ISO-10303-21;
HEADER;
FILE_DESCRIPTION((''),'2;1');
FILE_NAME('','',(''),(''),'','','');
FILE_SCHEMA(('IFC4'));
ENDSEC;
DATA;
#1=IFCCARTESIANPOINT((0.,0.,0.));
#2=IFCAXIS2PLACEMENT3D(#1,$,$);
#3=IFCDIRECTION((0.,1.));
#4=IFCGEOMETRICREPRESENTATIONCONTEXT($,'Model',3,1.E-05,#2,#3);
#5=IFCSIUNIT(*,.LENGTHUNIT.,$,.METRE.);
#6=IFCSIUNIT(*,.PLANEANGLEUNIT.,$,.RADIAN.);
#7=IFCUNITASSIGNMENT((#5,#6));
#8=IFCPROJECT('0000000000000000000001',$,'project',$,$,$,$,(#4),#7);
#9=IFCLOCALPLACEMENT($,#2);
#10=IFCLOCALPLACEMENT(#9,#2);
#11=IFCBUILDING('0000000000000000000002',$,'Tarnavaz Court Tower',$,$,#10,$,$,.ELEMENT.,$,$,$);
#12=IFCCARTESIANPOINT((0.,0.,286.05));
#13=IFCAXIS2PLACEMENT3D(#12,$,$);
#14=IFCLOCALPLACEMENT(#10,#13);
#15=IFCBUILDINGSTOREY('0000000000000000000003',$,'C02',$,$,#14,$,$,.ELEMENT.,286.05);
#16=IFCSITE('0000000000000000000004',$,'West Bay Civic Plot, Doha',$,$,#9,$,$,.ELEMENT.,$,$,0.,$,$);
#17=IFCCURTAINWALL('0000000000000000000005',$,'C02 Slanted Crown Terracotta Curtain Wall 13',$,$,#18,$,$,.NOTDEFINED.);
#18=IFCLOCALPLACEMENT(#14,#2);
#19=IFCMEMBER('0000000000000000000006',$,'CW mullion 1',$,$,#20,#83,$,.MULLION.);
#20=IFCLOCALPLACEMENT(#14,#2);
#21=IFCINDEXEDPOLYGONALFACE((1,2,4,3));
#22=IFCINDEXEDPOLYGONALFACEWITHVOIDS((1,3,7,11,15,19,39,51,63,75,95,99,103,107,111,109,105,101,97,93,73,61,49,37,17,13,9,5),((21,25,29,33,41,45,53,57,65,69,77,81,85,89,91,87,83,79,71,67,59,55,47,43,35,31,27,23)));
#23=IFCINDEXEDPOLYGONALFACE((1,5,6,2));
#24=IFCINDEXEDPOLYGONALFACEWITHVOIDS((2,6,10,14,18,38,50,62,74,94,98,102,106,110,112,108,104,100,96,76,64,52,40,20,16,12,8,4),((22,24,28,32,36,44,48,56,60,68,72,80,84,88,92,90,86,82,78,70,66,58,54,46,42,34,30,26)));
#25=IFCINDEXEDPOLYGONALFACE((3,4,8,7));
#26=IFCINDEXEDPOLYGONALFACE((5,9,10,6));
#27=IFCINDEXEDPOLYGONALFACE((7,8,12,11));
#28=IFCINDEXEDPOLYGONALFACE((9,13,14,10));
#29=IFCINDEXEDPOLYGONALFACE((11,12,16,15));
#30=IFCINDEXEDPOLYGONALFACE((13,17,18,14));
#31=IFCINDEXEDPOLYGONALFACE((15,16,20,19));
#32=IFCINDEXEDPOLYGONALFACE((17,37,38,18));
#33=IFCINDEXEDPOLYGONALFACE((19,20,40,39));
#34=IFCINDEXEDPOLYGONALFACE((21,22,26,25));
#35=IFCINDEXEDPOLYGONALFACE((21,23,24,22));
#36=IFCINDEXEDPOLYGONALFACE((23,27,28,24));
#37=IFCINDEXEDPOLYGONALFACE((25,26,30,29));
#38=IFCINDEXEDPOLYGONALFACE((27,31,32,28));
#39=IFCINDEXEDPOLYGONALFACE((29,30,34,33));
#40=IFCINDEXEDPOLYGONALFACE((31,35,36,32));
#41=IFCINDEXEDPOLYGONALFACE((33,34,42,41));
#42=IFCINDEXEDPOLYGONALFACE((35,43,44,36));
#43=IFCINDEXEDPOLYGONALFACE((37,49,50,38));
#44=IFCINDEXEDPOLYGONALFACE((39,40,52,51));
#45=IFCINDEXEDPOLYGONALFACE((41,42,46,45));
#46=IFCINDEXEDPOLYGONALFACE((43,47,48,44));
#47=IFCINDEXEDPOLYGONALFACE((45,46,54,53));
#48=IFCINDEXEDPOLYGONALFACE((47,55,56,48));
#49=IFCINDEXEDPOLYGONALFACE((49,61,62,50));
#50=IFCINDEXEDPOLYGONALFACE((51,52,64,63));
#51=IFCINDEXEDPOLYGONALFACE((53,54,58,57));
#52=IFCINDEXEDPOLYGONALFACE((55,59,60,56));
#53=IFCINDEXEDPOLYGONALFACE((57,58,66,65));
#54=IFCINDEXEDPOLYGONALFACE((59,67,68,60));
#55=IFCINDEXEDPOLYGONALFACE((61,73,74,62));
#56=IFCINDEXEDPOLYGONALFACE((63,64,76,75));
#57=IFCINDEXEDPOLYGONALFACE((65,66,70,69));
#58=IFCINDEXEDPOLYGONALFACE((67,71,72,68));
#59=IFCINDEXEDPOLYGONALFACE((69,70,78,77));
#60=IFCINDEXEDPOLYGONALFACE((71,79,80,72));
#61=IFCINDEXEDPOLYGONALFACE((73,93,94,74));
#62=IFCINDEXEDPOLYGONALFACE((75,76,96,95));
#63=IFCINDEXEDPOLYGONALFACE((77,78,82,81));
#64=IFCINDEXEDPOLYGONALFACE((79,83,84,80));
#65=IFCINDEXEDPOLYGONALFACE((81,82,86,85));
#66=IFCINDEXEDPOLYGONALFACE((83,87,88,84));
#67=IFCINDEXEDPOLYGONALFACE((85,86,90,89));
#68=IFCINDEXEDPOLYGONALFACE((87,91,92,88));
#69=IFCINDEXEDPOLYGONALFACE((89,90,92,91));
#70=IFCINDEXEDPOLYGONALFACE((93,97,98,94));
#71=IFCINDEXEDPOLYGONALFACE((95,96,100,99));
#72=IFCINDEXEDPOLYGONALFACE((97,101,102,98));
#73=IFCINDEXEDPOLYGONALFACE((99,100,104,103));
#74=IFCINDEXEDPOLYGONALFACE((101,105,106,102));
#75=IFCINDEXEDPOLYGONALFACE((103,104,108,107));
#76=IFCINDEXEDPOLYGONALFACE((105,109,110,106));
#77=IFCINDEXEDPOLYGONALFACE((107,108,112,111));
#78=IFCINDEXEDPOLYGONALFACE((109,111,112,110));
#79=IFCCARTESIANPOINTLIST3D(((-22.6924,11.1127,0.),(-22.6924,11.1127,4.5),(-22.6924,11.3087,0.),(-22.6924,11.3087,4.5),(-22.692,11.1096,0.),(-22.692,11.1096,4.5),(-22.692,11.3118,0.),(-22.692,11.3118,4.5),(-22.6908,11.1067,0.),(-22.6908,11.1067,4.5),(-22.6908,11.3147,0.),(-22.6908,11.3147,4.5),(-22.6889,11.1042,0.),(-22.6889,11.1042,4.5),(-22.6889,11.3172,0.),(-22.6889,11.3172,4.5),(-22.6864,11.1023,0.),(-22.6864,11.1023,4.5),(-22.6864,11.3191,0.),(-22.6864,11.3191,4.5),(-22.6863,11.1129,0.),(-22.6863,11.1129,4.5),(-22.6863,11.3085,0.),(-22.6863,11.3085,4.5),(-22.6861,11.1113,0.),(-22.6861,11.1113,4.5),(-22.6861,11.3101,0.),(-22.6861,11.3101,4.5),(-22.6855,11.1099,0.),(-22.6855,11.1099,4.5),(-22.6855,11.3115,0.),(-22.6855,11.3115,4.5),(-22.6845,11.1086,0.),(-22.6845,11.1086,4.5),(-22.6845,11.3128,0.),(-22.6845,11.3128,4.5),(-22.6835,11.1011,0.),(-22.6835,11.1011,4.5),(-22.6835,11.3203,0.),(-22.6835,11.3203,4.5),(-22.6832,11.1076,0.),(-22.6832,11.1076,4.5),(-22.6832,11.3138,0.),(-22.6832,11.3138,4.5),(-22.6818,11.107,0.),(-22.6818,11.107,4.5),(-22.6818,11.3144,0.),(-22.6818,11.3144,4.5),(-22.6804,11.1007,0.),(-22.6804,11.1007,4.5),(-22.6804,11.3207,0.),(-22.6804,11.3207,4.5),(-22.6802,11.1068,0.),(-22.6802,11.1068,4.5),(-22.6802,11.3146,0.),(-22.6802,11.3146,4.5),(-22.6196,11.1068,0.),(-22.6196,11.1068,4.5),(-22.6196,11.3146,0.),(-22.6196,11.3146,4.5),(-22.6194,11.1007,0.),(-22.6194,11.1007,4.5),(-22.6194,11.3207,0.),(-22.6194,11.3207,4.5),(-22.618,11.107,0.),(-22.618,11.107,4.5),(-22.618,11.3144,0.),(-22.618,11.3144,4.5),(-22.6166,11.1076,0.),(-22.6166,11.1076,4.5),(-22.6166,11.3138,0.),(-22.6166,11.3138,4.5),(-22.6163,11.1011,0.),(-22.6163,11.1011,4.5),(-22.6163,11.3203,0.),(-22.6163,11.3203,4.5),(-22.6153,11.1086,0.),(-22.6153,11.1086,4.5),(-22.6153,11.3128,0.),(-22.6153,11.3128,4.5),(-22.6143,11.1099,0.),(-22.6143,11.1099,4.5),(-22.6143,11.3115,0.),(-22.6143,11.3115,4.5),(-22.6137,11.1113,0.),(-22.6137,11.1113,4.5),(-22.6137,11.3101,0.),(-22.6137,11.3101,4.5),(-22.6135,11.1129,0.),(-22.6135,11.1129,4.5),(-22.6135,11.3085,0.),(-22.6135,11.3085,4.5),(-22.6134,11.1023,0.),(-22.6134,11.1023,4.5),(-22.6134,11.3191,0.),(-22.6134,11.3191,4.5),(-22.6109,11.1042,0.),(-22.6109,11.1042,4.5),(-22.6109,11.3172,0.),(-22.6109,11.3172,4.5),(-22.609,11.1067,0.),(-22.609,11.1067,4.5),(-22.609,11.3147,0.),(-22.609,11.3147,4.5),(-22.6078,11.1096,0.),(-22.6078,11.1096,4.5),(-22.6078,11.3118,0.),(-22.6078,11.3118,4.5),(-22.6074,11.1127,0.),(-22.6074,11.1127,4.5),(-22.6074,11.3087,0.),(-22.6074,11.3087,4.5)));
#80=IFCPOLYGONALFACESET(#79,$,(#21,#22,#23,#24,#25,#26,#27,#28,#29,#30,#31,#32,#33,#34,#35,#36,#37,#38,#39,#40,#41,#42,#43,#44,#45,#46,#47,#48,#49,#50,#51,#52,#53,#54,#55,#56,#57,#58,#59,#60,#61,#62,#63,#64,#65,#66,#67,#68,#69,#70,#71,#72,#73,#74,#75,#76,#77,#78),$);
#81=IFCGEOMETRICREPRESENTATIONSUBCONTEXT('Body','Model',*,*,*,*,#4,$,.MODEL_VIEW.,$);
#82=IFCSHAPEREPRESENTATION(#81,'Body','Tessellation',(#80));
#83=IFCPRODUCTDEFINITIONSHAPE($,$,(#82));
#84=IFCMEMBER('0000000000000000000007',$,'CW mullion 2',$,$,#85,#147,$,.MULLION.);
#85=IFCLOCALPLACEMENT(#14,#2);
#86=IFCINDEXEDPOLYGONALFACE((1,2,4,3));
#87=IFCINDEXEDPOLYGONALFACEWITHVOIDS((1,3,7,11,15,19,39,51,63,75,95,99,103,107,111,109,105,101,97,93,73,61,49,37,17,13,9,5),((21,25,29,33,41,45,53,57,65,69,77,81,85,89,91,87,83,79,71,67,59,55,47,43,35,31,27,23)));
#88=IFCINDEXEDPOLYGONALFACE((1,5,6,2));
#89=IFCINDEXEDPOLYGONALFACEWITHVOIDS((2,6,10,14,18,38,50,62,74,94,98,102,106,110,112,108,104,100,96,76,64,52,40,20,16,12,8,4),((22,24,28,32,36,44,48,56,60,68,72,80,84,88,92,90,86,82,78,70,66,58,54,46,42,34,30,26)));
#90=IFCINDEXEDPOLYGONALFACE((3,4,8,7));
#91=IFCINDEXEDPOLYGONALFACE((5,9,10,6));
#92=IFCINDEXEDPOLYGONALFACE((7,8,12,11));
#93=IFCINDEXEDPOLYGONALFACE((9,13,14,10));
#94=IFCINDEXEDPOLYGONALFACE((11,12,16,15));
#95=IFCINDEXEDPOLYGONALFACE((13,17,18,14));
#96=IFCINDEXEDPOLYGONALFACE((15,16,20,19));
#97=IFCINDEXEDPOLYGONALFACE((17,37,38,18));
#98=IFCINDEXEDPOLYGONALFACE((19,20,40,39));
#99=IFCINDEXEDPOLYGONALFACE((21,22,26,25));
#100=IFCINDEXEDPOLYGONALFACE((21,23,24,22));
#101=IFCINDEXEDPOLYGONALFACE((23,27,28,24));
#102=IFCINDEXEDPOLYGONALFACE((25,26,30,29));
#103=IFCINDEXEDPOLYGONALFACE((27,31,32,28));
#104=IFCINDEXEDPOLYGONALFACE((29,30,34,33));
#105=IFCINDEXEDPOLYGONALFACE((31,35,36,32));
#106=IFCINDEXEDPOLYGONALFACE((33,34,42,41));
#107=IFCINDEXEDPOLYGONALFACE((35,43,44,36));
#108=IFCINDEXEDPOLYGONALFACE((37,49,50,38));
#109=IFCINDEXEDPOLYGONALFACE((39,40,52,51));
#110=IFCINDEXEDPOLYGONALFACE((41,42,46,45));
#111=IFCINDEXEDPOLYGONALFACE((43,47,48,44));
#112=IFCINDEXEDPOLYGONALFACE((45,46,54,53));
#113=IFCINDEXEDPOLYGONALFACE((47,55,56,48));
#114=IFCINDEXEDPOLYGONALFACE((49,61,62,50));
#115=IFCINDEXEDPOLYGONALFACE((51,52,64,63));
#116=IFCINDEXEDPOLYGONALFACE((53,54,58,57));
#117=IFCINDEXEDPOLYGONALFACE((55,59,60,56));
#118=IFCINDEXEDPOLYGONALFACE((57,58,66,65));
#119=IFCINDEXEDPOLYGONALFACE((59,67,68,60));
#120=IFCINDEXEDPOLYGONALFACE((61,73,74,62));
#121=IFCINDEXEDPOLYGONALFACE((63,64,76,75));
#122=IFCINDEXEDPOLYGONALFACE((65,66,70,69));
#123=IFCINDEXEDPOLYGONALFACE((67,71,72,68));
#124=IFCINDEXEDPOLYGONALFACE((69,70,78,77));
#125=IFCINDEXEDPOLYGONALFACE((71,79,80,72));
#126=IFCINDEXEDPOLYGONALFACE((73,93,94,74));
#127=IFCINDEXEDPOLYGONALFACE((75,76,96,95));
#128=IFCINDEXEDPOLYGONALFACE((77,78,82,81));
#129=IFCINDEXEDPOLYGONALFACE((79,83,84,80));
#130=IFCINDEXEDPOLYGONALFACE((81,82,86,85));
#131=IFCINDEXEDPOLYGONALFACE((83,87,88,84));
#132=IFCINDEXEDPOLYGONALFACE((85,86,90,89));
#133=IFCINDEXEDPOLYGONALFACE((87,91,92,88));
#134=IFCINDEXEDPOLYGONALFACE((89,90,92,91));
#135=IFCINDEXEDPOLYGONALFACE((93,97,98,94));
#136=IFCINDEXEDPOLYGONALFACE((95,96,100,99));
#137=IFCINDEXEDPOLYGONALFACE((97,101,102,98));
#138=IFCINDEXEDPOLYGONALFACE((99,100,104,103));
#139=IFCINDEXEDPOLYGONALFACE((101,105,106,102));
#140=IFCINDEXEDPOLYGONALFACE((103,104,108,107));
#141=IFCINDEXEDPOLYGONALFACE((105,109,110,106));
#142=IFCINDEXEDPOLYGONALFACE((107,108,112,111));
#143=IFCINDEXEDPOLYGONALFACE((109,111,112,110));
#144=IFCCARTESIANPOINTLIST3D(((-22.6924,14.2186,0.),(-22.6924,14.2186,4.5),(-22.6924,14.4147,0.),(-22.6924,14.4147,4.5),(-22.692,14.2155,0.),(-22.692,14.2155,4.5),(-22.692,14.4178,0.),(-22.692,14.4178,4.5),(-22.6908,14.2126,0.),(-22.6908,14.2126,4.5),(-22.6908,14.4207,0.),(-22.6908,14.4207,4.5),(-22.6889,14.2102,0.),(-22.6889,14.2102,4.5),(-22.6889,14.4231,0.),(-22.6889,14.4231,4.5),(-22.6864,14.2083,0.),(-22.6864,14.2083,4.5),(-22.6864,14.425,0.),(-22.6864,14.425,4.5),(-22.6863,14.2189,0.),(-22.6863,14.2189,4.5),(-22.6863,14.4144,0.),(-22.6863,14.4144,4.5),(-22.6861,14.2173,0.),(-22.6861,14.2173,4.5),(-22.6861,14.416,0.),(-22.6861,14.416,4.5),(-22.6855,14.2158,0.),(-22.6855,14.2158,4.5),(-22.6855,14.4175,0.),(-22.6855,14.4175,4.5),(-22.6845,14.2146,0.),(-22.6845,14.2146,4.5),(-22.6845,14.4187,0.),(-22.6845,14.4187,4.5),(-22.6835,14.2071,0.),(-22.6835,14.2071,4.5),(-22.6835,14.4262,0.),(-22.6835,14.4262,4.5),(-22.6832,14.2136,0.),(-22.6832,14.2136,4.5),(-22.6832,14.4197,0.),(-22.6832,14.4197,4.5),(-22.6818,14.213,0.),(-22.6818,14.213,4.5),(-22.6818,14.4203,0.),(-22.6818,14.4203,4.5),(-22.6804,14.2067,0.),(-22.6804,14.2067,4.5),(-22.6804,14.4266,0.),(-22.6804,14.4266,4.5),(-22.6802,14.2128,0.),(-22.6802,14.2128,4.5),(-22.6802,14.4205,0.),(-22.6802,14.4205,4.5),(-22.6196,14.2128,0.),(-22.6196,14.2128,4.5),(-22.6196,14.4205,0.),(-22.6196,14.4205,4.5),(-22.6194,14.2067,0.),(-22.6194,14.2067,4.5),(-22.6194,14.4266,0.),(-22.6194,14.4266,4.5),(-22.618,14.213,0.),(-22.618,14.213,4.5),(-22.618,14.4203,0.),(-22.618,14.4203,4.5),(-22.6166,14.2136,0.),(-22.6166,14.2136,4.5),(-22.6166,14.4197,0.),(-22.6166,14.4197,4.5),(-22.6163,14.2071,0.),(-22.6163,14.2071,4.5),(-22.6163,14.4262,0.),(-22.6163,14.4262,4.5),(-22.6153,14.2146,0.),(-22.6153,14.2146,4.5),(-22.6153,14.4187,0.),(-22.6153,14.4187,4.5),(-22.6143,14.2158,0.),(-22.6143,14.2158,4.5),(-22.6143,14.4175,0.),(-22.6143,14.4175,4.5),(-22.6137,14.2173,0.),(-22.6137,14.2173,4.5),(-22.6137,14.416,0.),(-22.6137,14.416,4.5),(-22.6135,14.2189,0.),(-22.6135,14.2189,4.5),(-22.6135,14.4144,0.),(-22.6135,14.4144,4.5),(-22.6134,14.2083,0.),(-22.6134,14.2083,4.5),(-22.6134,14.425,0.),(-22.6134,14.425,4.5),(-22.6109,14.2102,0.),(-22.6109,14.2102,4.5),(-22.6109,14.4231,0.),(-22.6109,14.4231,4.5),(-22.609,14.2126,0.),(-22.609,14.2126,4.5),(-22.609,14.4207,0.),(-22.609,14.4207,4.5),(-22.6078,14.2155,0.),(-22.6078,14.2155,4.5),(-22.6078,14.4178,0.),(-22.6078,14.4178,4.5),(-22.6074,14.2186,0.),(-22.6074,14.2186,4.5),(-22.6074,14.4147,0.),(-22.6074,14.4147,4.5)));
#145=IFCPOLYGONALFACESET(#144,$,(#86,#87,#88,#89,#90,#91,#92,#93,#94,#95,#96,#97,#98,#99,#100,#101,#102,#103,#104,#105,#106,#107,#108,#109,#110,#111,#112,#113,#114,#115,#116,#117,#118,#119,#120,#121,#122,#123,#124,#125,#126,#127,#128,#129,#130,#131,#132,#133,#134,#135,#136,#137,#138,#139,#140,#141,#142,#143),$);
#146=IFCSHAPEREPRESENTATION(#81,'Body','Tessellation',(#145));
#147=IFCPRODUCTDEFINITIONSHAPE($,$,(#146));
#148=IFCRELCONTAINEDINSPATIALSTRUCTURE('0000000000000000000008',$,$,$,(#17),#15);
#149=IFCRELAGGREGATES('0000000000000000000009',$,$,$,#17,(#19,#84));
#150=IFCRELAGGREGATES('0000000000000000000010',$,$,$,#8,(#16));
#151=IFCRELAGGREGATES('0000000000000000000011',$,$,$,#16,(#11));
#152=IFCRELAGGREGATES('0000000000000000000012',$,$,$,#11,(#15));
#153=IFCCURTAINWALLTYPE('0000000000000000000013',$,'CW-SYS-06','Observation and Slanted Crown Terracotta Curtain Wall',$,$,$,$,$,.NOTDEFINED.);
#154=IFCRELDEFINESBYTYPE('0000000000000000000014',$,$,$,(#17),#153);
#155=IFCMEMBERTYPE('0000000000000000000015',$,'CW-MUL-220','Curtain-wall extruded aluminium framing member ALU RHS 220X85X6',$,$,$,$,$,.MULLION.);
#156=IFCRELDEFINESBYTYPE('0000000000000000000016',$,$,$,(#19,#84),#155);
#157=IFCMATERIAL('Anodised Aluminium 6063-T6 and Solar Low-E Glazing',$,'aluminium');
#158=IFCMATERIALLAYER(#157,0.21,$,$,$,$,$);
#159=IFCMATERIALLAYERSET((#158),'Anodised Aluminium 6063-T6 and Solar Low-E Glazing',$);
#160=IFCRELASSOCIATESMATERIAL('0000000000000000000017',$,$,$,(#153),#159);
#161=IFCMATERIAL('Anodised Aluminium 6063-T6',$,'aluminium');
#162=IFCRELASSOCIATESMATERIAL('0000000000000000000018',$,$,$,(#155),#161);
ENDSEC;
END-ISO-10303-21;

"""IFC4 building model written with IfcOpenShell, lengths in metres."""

from ifc_helpers import new_model, si_unit, direction, frame, origin, origin_2d, place, context, subcontext, project, spatial, hollow_rectangle, extrude, material, layer, layer_set, material_profile, profile_set, type_object, element, aggregate, save


model = new_model("IFC4")

# Units and contexts
model_context = context("Model", 3, precision=1e-05, world=origin(), true_north=direction((0.0, 1.0)))
body_context = subcontext(model_context, "Body", "Model", "MODEL_VIEW")
ifc_project = project(units=[si_unit("LENGTHUNIT", "METRE"), si_unit("PLANEANGLEUNIT", "RADIAN")], contexts=[model_context])

# Site, building, storey
site_placement = place(None, origin())
site = spatial("IfcSite", under=ifc_project, at=site_placement, Name="West Bay Civic Plot, Doha", CompositionType="ELEMENT", RefElevation=0.0)
building_placement = place(site_placement, origin())
building = spatial("IfcBuilding", under=site, at=building_placement, Name="Tarnavaz Court Tower", CompositionType="ELEMENT")
storey_placement = place(building_placement, frame((0.0, 0.0, 286.05)))
storey = spatial("IfcBuildingStorey", under=building, at=storey_placement, Name="C02", CompositionType="ELEMENT", Elevation=286.05)

# Shared definitions
ifc_material_1 = material(Name="Anodised Aluminium 6063-T6 and Solar Low-E Glazing", Category="aluminium")
ifc_layer_1 = layer(ifc_material_1, 0.21)
ifc_layer_set_1 = layer_set([ifc_layer_1], Name="Anodised Aluminium 6063-T6 and Solar Low-E Glazing")
curtain_wall_type = type_object("IfcCurtainWallType", Name="CW-SYS-06", Description="Observation and Slanted Crown Terracotta Curtain Wall", PredefinedType="NOTDEFINED", material=ifc_layer_set_1)
ifc_material_2 = material(Name="Anodised Aluminium 6063-T6", Category="aluminium")
ifc_material_profile_1 = material_profile(ifc_material_2, hollow_rectangle(XDim=0.085, YDim=0.22, WallThickness=0.0061, InnerFilletRadius=0.0061, OuterFilletRadius=0.012, at=origin_2d()), Name="ALU RHS 220X85X6")
ifc_profile_set_1 = profile_set([ifc_material_profile_1], Name="Anodised Aluminium 6063-T6")
member_type_1 = type_object("IfcMemberType", Name="CW-MUL-220", Description="Curtain-wall extruded aluminium framing member ALU RHS 220X85X6", PredefinedType="MULLION", material=ifc_profile_set_1)

# Curtain wall, members
curtain_wall_1_placement = place(storey_placement, origin())
curtain_wall_1 = element("IfcCurtainWall", 1, at=curtain_wall_1_placement, inside=storey, type_object=curtain_wall_type, Name="C02 Slanted Crown Terracotta Curtain Wall 13", PredefinedType="NOTDEFINED")
member_1_placement = place(storey_placement, frame((-22.6499, 11.2107, 0.0), z_axis=(0.0, 0.0, 1.0), x_axis=(-1.0, 0.0, 0.0)))
member_1 = element("IfcMember", 2, at=member_1_placement, type_object=member_type_1, Name="CW mullion 1", PredefinedType="MULLION", context=body_context, shape_type="SweptSolid", body=[
    extrude(hollow_rectangle(XDim=0.085, YDim=0.22, WallThickness=0.0061, InnerFilletRadius=0.0061, OuterFilletRadius=0.012, at=origin_2d()), origin(), (0.0, 0.0, 1.0), 4.5),
])
member_2_placement = place(storey_placement, frame((-22.6499, 14.3167, 0.0), z_axis=(0.0, 0.0, 1.0), x_axis=(-1.0, 0.0, 0.0)))
member_2 = element("IfcMember", 3, at=member_2_placement, type_object=member_type_1, Name="CW mullion 2", PredefinedType="MULLION", context=body_context, shape_type="SweptSolid", body=[
    extrude(hollow_rectangle(XDim=0.085, YDim=0.22, WallThickness=0.0061, InnerFilletRadius=0.0061, OuterFilletRadius=0.012, at=origin_2d()), origin(), (0.0, 0.0, 1.0), 4.5),
])

aggregate(curtain_wall_1, [member_1, member_2])

save(model, "model.ifc")
